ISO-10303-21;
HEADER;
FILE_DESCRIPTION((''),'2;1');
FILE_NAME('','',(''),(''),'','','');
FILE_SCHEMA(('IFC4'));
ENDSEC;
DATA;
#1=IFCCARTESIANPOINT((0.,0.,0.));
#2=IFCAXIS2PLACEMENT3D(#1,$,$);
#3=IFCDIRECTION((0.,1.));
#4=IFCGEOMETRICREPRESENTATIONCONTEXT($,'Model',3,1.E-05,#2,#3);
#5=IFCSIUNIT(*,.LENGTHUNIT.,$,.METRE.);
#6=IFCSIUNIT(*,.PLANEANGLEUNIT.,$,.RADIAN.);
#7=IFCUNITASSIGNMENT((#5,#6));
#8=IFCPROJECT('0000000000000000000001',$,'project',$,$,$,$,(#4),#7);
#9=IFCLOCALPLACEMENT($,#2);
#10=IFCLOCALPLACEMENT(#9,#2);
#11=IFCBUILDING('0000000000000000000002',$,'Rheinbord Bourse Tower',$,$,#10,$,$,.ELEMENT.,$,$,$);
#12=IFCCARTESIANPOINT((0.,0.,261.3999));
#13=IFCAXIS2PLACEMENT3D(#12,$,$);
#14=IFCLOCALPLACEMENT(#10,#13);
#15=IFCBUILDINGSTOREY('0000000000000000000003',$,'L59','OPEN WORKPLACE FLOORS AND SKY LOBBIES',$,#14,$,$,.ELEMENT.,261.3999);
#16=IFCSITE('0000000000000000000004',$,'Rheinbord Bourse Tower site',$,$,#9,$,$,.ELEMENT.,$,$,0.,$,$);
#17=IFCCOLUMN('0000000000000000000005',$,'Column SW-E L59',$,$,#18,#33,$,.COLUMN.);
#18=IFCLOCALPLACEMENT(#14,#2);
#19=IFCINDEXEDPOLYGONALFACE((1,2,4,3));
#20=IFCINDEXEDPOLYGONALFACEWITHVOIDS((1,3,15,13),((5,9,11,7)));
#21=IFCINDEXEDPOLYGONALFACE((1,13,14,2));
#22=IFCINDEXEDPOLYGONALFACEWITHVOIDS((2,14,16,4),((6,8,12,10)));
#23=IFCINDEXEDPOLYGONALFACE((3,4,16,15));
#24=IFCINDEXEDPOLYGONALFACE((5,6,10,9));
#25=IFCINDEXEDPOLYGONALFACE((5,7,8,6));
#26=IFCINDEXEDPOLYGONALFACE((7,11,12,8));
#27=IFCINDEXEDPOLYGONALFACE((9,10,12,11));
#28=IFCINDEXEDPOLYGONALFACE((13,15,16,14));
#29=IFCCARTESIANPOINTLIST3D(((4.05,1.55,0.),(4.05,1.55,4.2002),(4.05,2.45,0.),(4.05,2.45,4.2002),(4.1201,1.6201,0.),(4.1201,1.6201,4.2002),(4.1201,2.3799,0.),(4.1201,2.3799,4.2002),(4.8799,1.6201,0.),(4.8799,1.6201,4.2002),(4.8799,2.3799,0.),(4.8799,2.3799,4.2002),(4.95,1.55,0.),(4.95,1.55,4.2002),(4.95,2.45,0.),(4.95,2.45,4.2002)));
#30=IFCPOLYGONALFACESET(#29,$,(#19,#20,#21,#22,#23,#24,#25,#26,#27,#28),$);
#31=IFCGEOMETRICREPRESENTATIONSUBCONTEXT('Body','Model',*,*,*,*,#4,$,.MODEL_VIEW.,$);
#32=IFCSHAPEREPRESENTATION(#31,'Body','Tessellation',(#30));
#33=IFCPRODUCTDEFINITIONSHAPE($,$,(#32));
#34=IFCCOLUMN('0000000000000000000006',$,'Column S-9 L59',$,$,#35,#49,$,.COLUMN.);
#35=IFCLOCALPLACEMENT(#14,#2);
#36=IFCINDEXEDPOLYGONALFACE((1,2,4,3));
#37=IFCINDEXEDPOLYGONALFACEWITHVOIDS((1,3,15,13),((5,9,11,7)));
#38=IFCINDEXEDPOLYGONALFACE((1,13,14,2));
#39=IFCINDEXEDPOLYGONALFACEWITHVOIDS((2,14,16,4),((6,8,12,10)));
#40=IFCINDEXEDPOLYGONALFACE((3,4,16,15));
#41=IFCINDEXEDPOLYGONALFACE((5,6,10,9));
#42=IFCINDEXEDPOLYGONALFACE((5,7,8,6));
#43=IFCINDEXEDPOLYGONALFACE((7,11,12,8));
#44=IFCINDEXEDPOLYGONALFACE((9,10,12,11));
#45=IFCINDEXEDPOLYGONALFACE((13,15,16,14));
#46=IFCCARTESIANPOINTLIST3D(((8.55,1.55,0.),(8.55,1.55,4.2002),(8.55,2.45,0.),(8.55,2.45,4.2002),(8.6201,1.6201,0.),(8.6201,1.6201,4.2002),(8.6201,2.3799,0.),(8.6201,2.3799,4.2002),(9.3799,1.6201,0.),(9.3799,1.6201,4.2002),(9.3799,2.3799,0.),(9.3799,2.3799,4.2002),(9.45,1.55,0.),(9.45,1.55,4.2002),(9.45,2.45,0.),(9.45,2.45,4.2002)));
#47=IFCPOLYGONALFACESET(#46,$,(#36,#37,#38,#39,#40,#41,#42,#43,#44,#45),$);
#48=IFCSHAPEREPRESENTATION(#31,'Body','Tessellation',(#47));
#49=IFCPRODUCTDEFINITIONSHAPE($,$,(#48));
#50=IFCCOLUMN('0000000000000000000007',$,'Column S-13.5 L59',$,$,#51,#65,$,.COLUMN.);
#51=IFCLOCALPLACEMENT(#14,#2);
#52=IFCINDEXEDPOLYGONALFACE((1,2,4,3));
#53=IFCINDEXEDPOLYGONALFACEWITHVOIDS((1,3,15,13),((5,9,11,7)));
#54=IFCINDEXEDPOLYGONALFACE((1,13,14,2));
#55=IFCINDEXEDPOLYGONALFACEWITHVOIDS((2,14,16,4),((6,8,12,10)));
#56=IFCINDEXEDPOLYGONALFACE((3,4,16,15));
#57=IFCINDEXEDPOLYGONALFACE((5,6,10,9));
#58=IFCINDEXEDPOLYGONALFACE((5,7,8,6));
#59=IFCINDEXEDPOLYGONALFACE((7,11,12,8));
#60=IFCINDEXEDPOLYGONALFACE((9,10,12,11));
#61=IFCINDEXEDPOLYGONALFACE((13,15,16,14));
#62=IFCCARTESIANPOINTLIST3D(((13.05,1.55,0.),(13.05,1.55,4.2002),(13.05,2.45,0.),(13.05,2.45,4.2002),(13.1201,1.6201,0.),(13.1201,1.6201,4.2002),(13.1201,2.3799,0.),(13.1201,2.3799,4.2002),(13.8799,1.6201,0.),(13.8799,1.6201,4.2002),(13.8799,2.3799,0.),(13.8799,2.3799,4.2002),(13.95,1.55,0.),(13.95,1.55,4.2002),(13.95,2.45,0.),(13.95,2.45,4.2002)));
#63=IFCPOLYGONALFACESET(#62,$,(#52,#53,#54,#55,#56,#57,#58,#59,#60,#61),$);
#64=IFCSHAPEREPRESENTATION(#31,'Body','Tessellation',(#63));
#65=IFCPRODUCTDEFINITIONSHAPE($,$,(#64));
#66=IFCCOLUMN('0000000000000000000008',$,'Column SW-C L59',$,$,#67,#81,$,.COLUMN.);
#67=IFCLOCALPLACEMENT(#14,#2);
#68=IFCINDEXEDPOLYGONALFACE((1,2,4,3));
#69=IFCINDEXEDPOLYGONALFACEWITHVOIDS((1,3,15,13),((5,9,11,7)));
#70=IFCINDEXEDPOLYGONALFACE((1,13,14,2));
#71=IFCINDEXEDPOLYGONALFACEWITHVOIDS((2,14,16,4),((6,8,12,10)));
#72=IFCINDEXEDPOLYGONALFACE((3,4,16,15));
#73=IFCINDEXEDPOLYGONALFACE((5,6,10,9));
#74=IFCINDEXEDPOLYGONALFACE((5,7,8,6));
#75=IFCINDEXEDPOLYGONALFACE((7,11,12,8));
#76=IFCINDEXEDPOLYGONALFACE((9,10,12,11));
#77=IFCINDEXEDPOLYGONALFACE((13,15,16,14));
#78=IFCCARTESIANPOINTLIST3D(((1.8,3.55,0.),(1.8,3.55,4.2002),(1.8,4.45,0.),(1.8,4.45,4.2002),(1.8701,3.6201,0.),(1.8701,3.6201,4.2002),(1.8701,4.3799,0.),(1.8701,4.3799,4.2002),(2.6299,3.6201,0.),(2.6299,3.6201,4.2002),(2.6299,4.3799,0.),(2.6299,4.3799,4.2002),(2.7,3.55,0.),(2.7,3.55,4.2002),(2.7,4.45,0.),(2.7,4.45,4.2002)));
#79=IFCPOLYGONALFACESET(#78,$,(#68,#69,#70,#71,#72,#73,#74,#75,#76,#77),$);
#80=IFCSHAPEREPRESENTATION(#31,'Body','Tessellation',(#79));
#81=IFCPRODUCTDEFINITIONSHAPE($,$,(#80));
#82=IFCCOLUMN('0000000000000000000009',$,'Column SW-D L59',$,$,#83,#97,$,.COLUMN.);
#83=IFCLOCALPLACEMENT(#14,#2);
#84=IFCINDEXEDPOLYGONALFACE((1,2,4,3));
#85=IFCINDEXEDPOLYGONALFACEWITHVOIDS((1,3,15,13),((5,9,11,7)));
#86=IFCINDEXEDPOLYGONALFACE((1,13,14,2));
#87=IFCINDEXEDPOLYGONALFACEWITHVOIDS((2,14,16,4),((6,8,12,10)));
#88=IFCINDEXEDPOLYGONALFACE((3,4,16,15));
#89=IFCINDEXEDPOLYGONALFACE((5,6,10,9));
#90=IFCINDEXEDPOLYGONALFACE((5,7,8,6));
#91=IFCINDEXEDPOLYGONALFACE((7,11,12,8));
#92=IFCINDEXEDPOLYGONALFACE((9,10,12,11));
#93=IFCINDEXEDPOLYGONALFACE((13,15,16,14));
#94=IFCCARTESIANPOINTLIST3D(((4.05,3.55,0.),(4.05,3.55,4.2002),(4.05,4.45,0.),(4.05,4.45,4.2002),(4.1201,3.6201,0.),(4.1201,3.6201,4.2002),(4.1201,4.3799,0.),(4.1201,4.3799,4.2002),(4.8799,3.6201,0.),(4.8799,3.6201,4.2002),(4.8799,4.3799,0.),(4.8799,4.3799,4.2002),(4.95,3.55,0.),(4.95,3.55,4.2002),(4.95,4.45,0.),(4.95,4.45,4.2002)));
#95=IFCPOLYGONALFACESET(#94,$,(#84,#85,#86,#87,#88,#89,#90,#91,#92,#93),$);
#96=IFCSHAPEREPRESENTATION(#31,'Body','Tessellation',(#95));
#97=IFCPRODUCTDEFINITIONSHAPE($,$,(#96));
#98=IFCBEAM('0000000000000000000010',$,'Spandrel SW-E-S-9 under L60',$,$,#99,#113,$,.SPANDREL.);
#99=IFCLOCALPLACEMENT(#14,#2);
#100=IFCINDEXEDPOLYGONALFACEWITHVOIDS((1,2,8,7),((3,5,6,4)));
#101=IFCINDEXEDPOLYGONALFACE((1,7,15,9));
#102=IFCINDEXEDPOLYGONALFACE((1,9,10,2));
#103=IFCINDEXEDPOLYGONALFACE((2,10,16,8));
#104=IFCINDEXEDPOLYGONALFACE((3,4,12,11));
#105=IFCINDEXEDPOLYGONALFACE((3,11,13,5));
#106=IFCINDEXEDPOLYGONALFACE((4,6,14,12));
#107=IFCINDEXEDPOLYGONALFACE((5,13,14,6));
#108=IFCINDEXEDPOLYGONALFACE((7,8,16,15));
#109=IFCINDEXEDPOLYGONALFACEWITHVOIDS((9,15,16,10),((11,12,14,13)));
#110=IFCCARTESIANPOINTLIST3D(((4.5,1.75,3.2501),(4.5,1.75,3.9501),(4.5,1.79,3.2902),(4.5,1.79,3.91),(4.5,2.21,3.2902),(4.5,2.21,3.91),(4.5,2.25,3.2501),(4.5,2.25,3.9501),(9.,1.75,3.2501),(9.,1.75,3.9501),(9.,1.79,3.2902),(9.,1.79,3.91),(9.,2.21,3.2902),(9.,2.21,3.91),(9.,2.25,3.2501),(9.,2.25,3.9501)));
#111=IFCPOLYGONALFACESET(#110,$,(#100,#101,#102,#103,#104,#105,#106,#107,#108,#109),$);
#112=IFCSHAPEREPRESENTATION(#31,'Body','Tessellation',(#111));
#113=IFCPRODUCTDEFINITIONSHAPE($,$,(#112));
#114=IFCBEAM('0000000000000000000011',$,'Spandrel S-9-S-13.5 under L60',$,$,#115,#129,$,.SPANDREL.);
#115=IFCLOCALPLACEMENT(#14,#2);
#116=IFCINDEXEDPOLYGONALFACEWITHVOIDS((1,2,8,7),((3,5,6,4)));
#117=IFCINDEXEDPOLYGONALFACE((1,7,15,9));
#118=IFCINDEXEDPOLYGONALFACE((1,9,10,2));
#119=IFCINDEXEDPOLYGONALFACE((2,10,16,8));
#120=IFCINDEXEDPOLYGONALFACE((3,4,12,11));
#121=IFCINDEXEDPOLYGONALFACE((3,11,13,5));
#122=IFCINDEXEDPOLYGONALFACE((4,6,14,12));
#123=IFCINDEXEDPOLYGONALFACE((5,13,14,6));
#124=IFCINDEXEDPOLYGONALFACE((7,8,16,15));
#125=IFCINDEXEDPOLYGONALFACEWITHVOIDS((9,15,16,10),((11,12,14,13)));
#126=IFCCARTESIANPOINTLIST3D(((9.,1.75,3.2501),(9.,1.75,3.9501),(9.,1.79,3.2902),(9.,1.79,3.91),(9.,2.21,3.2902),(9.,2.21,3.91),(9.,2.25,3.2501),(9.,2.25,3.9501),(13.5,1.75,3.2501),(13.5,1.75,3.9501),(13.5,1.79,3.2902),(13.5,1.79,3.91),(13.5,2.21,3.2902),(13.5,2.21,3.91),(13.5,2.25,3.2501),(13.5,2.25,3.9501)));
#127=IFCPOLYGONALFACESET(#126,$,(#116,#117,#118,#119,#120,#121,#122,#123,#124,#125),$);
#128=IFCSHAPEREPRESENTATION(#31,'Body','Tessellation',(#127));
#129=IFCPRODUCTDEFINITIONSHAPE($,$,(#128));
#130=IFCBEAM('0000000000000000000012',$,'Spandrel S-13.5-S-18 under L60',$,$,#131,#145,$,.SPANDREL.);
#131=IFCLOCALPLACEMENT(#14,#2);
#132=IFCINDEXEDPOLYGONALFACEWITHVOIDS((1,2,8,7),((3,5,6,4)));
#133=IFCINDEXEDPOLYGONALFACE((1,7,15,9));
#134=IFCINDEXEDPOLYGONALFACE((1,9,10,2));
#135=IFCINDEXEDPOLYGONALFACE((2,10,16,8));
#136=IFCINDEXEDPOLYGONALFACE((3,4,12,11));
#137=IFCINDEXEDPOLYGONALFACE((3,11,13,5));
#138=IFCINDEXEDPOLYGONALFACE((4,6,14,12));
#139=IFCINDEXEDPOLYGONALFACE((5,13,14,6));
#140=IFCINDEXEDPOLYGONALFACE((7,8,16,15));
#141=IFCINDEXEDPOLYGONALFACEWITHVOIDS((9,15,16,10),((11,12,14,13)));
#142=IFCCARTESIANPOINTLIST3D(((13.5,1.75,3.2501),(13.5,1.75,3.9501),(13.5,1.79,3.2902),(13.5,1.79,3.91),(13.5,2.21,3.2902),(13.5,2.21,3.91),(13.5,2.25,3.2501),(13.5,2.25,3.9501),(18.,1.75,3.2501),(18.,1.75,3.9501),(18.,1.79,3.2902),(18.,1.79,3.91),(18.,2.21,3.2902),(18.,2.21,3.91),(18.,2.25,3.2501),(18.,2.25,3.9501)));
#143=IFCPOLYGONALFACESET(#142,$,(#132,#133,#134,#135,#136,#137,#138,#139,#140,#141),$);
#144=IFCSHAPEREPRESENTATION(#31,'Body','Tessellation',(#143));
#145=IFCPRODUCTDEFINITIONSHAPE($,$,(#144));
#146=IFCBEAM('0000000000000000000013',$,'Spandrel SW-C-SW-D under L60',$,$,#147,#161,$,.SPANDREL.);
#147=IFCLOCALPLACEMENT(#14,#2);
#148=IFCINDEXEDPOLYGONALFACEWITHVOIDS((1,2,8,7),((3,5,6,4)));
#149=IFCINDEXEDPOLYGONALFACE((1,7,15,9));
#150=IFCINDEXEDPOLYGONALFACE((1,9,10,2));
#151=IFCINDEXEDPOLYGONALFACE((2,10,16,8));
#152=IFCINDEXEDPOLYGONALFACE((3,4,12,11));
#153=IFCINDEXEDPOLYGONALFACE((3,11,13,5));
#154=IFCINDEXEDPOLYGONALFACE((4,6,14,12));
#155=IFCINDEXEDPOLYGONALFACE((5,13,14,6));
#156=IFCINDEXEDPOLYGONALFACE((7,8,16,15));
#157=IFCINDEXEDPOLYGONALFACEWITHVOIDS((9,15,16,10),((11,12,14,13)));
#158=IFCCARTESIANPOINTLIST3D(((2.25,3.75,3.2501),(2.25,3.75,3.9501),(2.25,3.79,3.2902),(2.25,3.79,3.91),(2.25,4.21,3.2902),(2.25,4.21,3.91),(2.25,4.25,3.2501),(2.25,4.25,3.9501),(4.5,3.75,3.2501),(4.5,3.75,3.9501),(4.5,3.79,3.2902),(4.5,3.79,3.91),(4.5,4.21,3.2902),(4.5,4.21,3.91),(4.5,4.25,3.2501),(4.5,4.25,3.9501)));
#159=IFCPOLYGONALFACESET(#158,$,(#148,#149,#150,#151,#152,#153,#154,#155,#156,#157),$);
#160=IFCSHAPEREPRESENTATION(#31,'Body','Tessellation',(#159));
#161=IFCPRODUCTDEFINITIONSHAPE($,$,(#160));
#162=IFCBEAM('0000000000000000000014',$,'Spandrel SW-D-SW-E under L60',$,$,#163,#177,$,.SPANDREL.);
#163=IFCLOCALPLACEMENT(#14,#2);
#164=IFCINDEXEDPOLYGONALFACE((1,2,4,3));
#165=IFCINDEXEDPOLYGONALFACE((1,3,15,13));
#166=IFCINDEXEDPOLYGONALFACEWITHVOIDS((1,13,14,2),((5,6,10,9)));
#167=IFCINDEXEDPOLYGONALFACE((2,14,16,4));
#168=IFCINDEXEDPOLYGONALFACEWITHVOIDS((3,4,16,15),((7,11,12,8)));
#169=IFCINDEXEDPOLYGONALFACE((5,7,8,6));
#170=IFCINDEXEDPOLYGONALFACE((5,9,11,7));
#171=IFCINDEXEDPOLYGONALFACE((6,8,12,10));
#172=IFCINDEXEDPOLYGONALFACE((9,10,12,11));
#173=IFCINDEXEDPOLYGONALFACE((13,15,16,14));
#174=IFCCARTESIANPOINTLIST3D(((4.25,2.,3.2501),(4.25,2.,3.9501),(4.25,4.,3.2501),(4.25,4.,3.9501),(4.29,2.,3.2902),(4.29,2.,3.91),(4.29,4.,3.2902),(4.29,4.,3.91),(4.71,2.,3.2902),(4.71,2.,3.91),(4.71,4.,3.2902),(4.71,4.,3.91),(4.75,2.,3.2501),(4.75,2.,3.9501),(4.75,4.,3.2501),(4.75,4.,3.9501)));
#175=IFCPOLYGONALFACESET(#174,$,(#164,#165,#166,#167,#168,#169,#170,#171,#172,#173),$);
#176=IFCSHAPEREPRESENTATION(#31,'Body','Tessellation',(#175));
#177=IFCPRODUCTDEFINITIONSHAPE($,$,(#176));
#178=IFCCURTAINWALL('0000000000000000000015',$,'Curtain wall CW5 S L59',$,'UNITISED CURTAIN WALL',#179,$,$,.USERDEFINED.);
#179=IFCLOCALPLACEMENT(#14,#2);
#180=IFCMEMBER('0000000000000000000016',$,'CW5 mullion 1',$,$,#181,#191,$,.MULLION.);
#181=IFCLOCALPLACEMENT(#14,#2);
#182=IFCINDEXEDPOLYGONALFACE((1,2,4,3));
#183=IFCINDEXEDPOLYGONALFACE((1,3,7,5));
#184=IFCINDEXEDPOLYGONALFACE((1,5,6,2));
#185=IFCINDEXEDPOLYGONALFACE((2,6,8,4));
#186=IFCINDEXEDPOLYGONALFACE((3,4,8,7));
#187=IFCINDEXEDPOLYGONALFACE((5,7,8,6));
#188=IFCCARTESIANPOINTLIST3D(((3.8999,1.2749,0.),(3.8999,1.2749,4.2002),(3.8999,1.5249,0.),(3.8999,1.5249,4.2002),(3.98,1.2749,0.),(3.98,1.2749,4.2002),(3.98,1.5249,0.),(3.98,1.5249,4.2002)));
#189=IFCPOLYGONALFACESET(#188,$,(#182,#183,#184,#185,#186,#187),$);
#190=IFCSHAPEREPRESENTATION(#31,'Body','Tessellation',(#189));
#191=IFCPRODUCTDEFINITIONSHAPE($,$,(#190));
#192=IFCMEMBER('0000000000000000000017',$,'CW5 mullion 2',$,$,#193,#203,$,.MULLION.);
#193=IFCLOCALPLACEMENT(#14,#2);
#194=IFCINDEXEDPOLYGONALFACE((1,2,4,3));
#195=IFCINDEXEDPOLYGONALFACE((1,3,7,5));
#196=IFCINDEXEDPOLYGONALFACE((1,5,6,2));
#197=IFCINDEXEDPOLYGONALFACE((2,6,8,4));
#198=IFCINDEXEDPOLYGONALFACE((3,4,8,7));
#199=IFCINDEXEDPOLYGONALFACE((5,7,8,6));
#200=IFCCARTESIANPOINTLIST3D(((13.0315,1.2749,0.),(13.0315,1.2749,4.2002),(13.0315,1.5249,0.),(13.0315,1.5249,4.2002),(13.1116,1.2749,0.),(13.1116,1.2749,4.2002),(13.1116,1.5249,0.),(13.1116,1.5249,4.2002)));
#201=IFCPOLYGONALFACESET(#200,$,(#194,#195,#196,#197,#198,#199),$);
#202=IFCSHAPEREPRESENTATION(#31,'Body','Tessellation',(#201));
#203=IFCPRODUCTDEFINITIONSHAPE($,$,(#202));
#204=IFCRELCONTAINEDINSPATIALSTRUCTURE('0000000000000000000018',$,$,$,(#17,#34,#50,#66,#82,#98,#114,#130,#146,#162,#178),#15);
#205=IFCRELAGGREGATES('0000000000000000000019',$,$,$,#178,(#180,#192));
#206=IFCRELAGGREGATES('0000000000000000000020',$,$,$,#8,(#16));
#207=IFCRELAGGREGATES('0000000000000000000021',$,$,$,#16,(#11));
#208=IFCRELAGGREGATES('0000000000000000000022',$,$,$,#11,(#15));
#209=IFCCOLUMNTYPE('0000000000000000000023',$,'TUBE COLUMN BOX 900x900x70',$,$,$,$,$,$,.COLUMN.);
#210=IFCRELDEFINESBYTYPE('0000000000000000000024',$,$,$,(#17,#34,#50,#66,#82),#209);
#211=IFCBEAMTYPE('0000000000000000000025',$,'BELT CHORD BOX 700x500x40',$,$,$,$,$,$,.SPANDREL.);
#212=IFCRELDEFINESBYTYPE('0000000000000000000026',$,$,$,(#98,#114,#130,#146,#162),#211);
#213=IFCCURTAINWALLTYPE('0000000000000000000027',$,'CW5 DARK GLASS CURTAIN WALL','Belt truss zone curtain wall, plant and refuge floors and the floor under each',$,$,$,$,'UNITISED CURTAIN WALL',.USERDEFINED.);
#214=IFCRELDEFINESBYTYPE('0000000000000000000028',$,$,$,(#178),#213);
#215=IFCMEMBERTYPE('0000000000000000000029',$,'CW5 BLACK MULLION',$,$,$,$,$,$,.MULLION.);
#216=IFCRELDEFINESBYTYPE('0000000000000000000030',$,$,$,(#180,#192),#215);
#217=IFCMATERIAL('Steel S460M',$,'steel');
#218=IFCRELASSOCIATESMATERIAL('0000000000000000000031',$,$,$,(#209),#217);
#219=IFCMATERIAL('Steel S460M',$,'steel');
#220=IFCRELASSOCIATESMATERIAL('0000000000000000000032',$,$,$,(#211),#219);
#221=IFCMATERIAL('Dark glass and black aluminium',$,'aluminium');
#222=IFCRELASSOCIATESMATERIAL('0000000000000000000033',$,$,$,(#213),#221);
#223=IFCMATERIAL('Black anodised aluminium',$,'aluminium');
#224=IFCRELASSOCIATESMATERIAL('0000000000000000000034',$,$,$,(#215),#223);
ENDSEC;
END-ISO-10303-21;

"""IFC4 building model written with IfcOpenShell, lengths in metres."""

from ifc_helpers import new_model, si_unit, direction, frame, origin, origin_2d, place, context, subcontext, project, spatial, rectangle, hollow_rectangle, extrude, material, material_profile, profile_set, type_object, element, aggregate, save


model = new_model("IFC4")

# Units and contexts
model_context = context("Model", 3, precision=1e-05, world=origin(), true_north=direction((0.0, 1.0)))
body_context = subcontext(model_context, "Body", "Model", "MODEL_VIEW")
ifc_project = project(units=[si_unit("LENGTHUNIT", "METRE"), si_unit("PLANEANGLEUNIT", "RADIAN")], contexts=[model_context])

# Site, building, storey
site_placement = place(None, origin())
site = spatial("IfcSite", under=ifc_project, at=site_placement, Name="Rheinbord Bourse Tower site", CompositionType="ELEMENT", RefElevation=0.0)
building_placement = place(site_placement, origin())
building = spatial("IfcBuilding", under=site, at=building_placement, Name="Rheinbord Bourse Tower", CompositionType="ELEMENT")
storey_placement = place(building_placement, frame((0.0, 0.0, 261.3999)))
storey = spatial("IfcBuildingStorey", under=building, at=storey_placement, Name="L59", Description="OPEN WORKPLACE FLOORS AND SKY LOBBIES", CompositionType="ELEMENT", Elevation=261.3999)

# Columns
ifc_material_1 = material(Name="Steel S460M", Category="steel")
ifc_material_profile_1 = material_profile(ifc_material_1, hollow_rectangle(XDim=0.8999, YDim=0.8999, WallThickness=0.0701, at=origin_2d()), Name="BOX 900x900x70")
ifc_profile_set_1 = profile_set([ifc_material_profile_1], Name="Steel S460M")
column_type = type_object("IfcColumnType", Name="TUBE COLUMN BOX 900x900x70", PredefinedType="COLUMN", material=ifc_profile_set_1)
for number, where, z_axis, x_axis, name in (
    (1, (4.5, 2.0, 0.0), (0.0, 0.0, 1.0), (0.0, 1.0, 0.0), "Column SW-E L59"),
    (2, (9.0, 2.0, 0.0), (0.0, 0.0, 1.0), (0.0, 1.0, 0.0), "Column S-9 L59"),
    (3, (13.5, 2.0, 0.0), (0.0, 0.0, 1.0), (0.0, 1.0, 0.0), "Column S-13.5 L59"),
    (4, (2.25, 4.0, 0.0), (0.0, 0.0, 1.0), (1.0, 0.0, 0.0), "Column SW-C L59"),
    (5, (4.5, 4.0, 0.0), (0.0, 0.0, 1.0), (0.0, 1.0, 0.0), "Column SW-D L59"),
):
    element("IfcColumn", number, at=place(storey_placement, frame(where, z_axis=z_axis, x_axis=x_axis)), inside=storey, type_object=column_type, Name=name, PredefinedType="COLUMN", context=body_context, shape_type="SweptSolid", body=[
        extrude(hollow_rectangle(XDim=0.8999, YDim=0.8999, WallThickness=0.0701, at=origin_2d()), origin(), (0.0, 0.0, 1.0), 4.2002),
    ])

# Beams
ifc_material_2 = material(Name="Steel S460M", Category="steel")
ifc_material_profile_2 = material_profile(ifc_material_2, hollow_rectangle(XDim=0.5, YDim=0.7, WallThickness=0.04, at=origin_2d()), Name="BOX 700x500x40")
ifc_profile_set_2 = profile_set([ifc_material_profile_2], Name="Steel S460M")
beam_type_1 = type_object("IfcBeamType", Name="BELT CHORD BOX 700x500x40", PredefinedType="SPANDREL", material=ifc_profile_set_2)
for number, where, z_axis, x_axis, name in (
    (6, (4.5, 2.0, 3.6001), (1.0, 0.0, 0.0), (0.0, 1.0, 0.0), "Spandrel SW-E-S-9 under L60"),
    (7, (9.0, 2.0, 3.6001), (1.0, 0.0, 0.0), (0.0, 1.0, 0.0), "Spandrel S-9-S-13.5 under L60"),
    (8, (13.5, 2.0, 3.6001), (1.0, 0.0, 0.0), (0.0, 1.0, 0.0), "Spandrel S-13.5-S-18 under L60"),
):
    element("IfcBeam", number, at=place(storey_placement, frame(where, z_axis=z_axis, x_axis=x_axis)), inside=storey, type_object=beam_type_1, Name=name, PredefinedType="SPANDREL", context=body_context, shape_type="SweptSolid", body=[
        extrude(hollow_rectangle(XDim=0.5, YDim=0.7, WallThickness=0.04, at=origin_2d()), origin(), (0.0, 0.0, 1.0), 4.5),
    ])
beam_1_placement = place(storey_placement, frame((2.25, 4.0, 3.6001), z_axis=(1.0, 0.0, 0.0), x_axis=(0.0, 1.0, 0.0)))
element("IfcBeam", 9, at=beam_1_placement, inside=storey, type_object=beam_type_1, Name="Spandrel SW-C-SW-D under L60", PredefinedType="SPANDREL", context=body_context, shape_type="SweptSolid", body=[
    extrude(hollow_rectangle(XDim=0.5, YDim=0.7, WallThickness=0.04, at=origin_2d()), origin(), (0.0, 0.0, 1.0), 2.25),
])
beam_2_placement = place(storey_placement, frame((4.5, 4.0, 3.6001), z_axis=(0.0, -1.0, 0.0), x_axis=(1.0, 0.0, 0.0)))
element("IfcBeam", 10, at=beam_2_placement, inside=storey, type_object=beam_type_1, Name="Spandrel SW-D-SW-E under L60", PredefinedType="SPANDREL", context=body_context, shape_type="SweptSolid", body=[
    extrude(hollow_rectangle(XDim=0.5, YDim=0.7, WallThickness=0.04, at=origin_2d()), origin(), (0.0, 0.0, 1.0), 2.0),
])

# Curtain wall, members
ifc_material_3 = material(Name="Dark glass and black aluminium", Category="aluminium")
curtain_wall_type = type_object("IfcCurtainWallType", Name="CW5 DARK GLASS CURTAIN WALL", Description="Belt truss zone curtain wall, plant and refuge floors and the floor under each", ElementType="UNITISED CURTAIN WALL", PredefinedType="USERDEFINED", material=ifc_material_3)
curtain_wall_placement = place(storey_placement, origin())
curtain_wall = element("IfcCurtainWall", 11, at=curtain_wall_placement, inside=storey, type_object=curtain_wall_type, Name="Curtain wall CW5 S L59", ObjectType="UNITISED CURTAIN WALL", PredefinedType="USERDEFINED")
ifc_material_4 = material(Name="Black anodised aluminium", Category="aluminium")
ifc_material_profile_3 = material_profile(ifc_material_4, rectangle(XDim=0.25, YDim=0.0801, at=origin_2d()), Name="CW5 MULLION 80x250")
ifc_profile_set_3 = profile_set([ifc_material_profile_3], Name="Black anodised aluminium")
member_type_1 = type_object("IfcMemberType", Name="CW5 BLACK MULLION", PredefinedType="MULLION", material=ifc_profile_set_3)
member_1_placement = place(storey_placement, frame((3.9399, 1.3999, 0.0), z_axis=(0.0, 0.0, 1.0), x_axis=(0.0, 1.0, 0.0)))
member_1 = element("IfcMember", 12, at=member_1_placement, type_object=member_type_1, Name="CW5 mullion 1", PredefinedType="MULLION", context=body_context, shape_type="SweptSolid", body=[
    extrude(rectangle(XDim=0.25, YDim=0.0801, at=origin_2d()), origin(), (0.0, 0.0, 1.0), 4.2002),
])
member_2_placement = place(storey_placement, frame((13.0715, 1.3999, 0.0), z_axis=(0.0, 0.0, 1.0), x_axis=(0.0, 1.0, 0.0)))
member_2 = element("IfcMember", 13, at=member_2_placement, type_object=member_type_1, Name="CW5 mullion 2", PredefinedType="MULLION", context=body_context, shape_type="SweptSolid", body=[
    extrude(rectangle(XDim=0.25, YDim=0.0801, at=origin_2d()), origin(), (0.0, 0.0, 1.0), 4.2002),
])

aggregate(curtain_wall, [member_1, member_2])

save(model, "model.ifc")
